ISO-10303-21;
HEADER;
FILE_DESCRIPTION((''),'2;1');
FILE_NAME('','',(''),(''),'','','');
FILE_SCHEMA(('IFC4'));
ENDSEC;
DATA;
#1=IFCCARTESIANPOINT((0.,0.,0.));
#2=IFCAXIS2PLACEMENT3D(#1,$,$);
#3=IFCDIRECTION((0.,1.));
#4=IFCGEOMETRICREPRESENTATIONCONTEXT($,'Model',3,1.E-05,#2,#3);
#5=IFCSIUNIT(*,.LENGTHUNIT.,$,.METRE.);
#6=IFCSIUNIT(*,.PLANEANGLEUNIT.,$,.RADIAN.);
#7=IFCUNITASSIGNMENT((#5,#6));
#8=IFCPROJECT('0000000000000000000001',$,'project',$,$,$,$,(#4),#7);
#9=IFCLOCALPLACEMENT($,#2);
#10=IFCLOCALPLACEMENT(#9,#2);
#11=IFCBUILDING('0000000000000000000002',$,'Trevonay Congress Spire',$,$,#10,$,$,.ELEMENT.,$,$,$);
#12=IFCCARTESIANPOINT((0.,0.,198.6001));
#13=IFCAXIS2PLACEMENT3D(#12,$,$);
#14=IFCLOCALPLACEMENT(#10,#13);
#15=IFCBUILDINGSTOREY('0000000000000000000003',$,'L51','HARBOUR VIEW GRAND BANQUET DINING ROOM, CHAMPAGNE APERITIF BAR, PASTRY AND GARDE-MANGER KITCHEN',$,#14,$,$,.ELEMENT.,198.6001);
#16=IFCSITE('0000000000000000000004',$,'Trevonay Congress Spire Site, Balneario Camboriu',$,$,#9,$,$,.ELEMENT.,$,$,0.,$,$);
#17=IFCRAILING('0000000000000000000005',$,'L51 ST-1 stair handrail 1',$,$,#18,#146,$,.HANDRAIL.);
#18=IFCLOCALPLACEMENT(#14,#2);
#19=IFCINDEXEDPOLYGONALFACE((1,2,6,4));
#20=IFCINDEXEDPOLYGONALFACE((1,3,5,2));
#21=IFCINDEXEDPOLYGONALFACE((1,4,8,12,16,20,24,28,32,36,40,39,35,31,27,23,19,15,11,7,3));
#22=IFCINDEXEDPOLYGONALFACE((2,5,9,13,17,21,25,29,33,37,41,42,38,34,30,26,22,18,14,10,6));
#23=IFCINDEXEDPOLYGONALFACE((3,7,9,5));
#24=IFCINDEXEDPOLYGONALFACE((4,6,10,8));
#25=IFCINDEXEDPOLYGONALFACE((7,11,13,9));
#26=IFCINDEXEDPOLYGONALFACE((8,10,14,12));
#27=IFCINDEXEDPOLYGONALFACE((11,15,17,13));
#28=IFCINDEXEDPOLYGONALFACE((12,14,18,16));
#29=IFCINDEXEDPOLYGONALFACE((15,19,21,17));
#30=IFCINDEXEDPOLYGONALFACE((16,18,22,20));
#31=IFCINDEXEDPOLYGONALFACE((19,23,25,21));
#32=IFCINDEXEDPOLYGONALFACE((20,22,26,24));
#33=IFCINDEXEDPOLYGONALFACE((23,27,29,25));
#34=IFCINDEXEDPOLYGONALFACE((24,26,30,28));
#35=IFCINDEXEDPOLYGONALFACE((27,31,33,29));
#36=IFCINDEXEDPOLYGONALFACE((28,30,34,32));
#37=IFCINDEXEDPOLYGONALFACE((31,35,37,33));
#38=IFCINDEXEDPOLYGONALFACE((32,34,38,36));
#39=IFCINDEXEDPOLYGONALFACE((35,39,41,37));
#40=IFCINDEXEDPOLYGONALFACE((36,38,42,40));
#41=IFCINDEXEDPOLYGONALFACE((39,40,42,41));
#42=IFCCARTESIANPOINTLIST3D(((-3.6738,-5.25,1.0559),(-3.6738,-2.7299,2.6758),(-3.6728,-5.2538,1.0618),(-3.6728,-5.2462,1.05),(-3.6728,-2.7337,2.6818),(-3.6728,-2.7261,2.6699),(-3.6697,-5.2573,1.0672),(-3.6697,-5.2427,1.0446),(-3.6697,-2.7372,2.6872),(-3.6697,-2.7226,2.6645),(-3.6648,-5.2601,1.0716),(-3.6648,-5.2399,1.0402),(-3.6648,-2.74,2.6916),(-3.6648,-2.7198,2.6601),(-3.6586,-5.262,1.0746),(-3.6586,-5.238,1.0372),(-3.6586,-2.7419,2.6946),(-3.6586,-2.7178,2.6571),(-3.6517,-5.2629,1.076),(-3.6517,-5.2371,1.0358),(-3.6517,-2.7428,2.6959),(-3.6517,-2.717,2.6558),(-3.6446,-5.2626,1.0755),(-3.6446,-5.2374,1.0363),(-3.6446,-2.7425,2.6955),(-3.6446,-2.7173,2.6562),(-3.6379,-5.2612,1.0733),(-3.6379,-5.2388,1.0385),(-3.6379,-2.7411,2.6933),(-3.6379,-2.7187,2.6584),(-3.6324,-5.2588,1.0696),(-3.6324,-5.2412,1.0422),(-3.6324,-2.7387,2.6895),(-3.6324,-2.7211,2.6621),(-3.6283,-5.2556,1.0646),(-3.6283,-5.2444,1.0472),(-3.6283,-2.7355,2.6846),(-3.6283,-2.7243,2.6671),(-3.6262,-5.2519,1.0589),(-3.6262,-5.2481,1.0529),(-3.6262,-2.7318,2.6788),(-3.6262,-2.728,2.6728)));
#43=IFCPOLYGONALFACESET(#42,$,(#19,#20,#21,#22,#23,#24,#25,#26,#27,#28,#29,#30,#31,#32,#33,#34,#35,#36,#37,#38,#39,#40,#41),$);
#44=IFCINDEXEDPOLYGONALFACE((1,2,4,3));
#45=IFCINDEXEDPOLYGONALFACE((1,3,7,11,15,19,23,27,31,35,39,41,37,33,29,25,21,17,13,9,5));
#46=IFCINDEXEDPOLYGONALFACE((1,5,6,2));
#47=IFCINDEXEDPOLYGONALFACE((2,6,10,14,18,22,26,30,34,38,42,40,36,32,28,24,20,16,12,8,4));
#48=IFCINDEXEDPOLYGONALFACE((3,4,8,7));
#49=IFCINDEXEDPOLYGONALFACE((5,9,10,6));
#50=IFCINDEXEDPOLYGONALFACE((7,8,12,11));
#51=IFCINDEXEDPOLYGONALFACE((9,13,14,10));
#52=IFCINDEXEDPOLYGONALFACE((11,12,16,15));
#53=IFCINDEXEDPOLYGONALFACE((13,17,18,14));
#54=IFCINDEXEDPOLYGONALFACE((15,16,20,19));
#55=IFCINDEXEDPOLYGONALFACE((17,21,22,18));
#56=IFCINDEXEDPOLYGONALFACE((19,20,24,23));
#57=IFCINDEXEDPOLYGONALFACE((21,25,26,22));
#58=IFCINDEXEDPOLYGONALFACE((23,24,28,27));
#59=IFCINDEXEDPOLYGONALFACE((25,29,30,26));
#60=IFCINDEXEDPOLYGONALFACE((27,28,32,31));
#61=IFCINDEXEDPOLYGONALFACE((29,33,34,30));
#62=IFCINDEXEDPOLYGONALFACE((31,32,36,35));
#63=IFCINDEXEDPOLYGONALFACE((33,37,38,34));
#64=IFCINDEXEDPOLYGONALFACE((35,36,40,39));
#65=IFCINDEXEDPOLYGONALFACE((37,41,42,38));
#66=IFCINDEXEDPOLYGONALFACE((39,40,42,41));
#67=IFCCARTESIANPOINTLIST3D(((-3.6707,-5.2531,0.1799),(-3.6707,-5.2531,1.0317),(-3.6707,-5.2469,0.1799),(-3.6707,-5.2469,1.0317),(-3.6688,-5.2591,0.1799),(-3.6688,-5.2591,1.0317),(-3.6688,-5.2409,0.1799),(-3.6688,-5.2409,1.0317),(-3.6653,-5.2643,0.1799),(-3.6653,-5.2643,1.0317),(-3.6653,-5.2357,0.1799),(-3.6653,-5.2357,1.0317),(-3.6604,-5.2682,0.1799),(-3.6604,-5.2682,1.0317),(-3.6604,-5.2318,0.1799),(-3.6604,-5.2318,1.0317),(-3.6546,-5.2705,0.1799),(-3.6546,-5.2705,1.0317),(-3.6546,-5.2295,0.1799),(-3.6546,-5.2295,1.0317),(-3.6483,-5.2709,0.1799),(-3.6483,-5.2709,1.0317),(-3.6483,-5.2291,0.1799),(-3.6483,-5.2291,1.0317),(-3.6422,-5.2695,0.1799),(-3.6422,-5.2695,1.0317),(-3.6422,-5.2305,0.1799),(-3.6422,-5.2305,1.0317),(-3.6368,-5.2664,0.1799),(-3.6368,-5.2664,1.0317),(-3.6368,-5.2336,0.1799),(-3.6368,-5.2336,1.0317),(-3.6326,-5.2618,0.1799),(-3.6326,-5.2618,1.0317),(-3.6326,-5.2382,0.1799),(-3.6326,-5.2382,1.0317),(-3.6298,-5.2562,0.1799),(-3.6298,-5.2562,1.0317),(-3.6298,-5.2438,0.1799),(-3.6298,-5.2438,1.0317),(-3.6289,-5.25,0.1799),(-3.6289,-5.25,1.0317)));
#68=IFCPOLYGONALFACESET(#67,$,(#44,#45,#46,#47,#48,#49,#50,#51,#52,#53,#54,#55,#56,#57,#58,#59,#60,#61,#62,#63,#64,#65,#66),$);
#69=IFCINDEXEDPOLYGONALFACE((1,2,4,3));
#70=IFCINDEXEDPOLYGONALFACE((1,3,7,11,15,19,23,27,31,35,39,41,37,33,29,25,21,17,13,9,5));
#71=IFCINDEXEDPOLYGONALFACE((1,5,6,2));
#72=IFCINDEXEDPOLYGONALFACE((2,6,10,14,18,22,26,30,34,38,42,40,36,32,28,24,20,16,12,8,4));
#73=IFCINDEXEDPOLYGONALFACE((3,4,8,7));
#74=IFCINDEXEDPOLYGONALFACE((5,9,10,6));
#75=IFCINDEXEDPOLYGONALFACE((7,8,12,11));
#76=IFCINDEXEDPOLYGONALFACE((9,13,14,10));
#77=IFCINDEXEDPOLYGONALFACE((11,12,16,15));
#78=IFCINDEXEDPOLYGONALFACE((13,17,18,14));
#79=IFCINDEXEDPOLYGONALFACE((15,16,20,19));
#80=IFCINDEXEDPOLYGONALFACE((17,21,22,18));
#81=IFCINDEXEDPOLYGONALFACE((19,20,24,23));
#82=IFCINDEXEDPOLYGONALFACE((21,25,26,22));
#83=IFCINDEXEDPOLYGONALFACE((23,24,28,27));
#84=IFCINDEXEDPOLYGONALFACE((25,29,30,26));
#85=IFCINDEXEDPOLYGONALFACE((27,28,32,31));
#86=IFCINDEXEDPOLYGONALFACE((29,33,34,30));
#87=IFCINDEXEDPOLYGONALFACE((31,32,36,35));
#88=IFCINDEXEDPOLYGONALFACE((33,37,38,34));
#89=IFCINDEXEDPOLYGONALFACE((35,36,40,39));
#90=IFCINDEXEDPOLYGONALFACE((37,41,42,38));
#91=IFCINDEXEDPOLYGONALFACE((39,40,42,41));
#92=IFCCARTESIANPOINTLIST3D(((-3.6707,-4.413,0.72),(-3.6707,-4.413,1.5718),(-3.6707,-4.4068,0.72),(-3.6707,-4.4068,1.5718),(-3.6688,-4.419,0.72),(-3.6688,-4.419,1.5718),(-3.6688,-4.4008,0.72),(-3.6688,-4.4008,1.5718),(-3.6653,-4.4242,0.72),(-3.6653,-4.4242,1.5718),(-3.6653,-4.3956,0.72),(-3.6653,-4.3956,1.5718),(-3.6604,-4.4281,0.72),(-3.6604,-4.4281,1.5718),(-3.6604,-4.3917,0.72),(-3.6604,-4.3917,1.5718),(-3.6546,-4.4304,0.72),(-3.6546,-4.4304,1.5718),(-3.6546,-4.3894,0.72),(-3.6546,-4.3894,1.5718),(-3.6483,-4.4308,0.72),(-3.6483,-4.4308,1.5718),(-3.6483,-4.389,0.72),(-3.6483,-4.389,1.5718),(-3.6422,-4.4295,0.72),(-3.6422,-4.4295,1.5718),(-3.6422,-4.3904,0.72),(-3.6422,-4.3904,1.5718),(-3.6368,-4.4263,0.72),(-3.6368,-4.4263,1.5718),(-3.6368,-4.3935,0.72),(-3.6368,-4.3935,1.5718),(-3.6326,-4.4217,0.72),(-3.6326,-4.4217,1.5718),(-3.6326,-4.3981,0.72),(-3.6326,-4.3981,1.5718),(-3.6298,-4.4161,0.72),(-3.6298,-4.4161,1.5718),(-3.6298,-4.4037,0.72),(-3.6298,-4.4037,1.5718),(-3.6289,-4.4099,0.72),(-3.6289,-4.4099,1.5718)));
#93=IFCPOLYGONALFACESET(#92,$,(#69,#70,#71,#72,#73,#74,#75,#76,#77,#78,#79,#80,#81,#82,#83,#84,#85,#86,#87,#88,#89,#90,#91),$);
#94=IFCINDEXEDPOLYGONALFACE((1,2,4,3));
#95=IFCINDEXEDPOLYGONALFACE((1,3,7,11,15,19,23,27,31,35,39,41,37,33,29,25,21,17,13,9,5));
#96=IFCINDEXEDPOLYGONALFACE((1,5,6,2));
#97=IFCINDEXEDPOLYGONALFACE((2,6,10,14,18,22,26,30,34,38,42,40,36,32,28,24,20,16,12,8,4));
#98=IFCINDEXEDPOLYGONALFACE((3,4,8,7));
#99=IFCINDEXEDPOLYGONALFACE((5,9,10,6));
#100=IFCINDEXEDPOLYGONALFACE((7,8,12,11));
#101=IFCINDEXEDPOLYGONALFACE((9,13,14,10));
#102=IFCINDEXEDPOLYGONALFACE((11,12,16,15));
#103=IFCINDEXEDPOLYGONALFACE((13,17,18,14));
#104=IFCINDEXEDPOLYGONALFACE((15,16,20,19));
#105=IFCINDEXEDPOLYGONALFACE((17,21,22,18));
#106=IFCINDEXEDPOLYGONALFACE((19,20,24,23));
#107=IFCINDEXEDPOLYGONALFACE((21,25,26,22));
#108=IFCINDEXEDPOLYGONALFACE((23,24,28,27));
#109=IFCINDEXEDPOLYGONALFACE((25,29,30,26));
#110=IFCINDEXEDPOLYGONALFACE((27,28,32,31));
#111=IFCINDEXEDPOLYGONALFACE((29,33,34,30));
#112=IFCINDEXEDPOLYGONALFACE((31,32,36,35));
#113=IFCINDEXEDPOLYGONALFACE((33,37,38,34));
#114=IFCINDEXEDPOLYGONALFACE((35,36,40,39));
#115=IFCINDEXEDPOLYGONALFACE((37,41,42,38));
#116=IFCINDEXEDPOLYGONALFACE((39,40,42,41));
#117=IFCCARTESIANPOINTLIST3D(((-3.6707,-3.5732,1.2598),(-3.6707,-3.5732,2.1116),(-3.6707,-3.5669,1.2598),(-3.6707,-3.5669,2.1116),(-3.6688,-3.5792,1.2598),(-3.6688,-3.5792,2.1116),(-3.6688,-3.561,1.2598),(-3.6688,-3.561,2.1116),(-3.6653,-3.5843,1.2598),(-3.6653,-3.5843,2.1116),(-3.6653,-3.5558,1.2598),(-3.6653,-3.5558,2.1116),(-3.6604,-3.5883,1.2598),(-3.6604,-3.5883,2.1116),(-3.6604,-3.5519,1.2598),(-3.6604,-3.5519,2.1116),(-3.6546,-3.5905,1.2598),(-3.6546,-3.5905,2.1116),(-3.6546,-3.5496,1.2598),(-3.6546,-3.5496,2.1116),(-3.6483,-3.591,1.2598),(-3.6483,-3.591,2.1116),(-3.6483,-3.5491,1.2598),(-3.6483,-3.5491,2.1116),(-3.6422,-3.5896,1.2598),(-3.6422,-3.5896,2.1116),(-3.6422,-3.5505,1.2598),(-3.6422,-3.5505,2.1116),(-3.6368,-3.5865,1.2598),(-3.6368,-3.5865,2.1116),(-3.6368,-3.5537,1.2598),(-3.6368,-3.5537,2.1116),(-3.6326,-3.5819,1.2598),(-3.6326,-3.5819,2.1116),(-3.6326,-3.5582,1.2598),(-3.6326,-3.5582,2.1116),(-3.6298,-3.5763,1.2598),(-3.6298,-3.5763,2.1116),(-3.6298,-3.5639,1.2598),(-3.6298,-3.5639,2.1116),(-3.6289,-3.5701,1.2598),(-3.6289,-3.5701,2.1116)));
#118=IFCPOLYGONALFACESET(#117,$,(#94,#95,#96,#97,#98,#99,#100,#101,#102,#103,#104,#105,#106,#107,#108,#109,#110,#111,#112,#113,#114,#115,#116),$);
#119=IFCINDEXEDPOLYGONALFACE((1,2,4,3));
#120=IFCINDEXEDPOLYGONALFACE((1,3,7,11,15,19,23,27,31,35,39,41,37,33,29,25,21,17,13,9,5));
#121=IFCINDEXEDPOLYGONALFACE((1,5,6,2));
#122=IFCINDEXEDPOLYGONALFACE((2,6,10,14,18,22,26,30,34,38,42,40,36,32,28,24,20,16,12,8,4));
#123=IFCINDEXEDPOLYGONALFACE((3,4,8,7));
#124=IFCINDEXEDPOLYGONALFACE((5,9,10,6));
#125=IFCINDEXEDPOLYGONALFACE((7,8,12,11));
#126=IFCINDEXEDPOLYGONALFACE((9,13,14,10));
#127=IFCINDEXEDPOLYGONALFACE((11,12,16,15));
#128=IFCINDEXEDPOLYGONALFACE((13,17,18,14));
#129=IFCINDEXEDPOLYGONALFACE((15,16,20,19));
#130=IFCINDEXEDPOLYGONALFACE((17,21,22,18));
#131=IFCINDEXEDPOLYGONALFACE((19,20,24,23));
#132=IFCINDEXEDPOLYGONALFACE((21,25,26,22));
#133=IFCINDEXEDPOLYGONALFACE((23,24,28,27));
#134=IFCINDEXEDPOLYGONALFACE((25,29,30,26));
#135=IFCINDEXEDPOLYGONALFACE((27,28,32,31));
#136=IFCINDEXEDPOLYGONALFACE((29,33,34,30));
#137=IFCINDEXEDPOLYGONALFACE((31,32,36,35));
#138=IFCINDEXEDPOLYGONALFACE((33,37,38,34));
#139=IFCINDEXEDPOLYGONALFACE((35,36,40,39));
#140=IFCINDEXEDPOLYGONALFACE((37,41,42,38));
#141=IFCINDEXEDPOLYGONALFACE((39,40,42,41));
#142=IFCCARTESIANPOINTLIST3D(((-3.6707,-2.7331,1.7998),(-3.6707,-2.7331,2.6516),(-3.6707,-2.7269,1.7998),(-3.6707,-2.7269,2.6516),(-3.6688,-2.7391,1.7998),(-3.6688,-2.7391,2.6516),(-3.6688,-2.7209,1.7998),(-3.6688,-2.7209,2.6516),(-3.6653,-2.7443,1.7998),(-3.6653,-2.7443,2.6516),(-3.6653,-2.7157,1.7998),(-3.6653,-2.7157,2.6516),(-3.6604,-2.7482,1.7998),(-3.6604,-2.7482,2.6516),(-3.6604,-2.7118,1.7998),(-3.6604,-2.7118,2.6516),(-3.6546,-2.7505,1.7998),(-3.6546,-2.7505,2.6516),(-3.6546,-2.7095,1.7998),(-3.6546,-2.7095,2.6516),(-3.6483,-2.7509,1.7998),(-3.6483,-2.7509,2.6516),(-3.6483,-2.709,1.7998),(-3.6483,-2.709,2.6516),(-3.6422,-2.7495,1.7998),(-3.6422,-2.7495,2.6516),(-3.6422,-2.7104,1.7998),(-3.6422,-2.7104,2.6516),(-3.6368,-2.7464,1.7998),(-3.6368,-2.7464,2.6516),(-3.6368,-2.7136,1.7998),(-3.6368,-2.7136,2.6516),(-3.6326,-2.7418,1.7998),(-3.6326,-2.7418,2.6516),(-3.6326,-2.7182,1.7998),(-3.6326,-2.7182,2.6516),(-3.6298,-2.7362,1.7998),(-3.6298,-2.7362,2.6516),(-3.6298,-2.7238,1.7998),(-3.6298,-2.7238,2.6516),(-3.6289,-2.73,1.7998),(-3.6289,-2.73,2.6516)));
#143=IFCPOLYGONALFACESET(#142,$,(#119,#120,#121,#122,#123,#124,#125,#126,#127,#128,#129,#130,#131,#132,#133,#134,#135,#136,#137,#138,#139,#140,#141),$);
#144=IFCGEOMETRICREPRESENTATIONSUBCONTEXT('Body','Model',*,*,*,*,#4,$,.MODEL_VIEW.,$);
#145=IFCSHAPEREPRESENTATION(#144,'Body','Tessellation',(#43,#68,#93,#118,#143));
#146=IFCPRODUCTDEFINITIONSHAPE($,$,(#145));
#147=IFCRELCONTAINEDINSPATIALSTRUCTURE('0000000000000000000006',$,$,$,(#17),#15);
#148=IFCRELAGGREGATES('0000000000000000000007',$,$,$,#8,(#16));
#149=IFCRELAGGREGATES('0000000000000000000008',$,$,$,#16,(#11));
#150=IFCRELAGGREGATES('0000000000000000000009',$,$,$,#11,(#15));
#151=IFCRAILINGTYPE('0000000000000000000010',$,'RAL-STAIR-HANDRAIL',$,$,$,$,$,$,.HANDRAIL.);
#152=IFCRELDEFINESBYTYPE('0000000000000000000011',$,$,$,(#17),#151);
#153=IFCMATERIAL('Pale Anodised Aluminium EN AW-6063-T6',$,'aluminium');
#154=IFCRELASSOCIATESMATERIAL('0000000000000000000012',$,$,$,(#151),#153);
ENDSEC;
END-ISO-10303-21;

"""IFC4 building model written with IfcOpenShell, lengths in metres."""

from ifc_helpers import new_model, si_unit, direction, frame, origin, origin_2d, place, context, subcontext, project, spatial, circle, extrude, material, type_object, element, save


model = new_model("IFC4")

# Units and contexts
model_context = context("Model", 3, precision=1e-05, world=origin(), true_north=direction((0.0, 1.0)))
body_context = subcontext(model_context, "Body", "Model", "MODEL_VIEW")
ifc_project = project(units=[si_unit("LENGTHUNIT", "METRE"), si_unit("PLANEANGLEUNIT", "RADIAN")], contexts=[model_context])

# Site, building, storey
site_placement = place(None, origin())
site = spatial("IfcSite", under=ifc_project, at=site_placement, Name="Trevonay Congress Spire Site, Balneario Camboriu", CompositionType="ELEMENT", RefElevation=0.0)
building_placement = place(site_placement, origin())
building = spatial("IfcBuilding", under=site, at=building_placement, Name="Trevonay Congress Spire", CompositionType="ELEMENT")
storey_placement = place(building_placement, frame((0.0, 0.0, 198.6001)))
storey = spatial("IfcBuildingStorey", under=building, at=storey_placement, Name="L51", Description="HARBOUR VIEW GRAND BANQUET DINING ROOM, CHAMPAGNE APERITIF BAR, PASTRY AND GARDE-MANGER KITCHEN", CompositionType="ELEMENT", Elevation=198.6001)

# Railing
ifc_material_1 = material(Name="Pale Anodised Aluminium EN AW-6063-T6", Category="aluminium")
railing_type_1 = type_object("IfcRailingType", Name="RAL-STAIR-HANDRAIL", PredefinedType="HANDRAIL", material=ifc_material_1)
railing_1_placement = place(storey_placement, frame((-3.6499, -5.25, 0.1799)))
element("IfcRailing", 1, at=railing_1_placement, inside=storey, type_object=railing_type_1, Name="L51 ST-1 stair handrail 1", PredefinedType="HANDRAIL", context=body_context, shape_type="SweptSolid", body=[
    extrude(circle(Radius=0.0239, at=origin_2d()), frame((0.0, 0.0, 0.876), z_axis=(0.0, 0.8412, 0.540725), x_axis=(-1.0, 0.0, 0.0)), (0.0, 0.0, 1.0), 2.9958),
    extrude(circle(Radius=0.021, at=origin_2d()), origin(), (0.0, 0.0, 1.0), 0.8518),
    extrude(circle(Radius=0.021, at=origin_2d()), frame((0.0, 0.8401, 0.54)), (0.0, 0.0, 1.0), 0.8518),
    extrude(circle(Radius=0.021, at=origin_2d()), frame((0.0, 1.6799, 1.0798)), (0.0, 0.0, 1.0), 0.8518),
    extrude(circle(Radius=0.021, at=origin_2d()), frame((0.0, 2.52, 1.6199)), (0.0, 0.0, 1.0), 0.8518),
])

save(model, "model.ifc")
